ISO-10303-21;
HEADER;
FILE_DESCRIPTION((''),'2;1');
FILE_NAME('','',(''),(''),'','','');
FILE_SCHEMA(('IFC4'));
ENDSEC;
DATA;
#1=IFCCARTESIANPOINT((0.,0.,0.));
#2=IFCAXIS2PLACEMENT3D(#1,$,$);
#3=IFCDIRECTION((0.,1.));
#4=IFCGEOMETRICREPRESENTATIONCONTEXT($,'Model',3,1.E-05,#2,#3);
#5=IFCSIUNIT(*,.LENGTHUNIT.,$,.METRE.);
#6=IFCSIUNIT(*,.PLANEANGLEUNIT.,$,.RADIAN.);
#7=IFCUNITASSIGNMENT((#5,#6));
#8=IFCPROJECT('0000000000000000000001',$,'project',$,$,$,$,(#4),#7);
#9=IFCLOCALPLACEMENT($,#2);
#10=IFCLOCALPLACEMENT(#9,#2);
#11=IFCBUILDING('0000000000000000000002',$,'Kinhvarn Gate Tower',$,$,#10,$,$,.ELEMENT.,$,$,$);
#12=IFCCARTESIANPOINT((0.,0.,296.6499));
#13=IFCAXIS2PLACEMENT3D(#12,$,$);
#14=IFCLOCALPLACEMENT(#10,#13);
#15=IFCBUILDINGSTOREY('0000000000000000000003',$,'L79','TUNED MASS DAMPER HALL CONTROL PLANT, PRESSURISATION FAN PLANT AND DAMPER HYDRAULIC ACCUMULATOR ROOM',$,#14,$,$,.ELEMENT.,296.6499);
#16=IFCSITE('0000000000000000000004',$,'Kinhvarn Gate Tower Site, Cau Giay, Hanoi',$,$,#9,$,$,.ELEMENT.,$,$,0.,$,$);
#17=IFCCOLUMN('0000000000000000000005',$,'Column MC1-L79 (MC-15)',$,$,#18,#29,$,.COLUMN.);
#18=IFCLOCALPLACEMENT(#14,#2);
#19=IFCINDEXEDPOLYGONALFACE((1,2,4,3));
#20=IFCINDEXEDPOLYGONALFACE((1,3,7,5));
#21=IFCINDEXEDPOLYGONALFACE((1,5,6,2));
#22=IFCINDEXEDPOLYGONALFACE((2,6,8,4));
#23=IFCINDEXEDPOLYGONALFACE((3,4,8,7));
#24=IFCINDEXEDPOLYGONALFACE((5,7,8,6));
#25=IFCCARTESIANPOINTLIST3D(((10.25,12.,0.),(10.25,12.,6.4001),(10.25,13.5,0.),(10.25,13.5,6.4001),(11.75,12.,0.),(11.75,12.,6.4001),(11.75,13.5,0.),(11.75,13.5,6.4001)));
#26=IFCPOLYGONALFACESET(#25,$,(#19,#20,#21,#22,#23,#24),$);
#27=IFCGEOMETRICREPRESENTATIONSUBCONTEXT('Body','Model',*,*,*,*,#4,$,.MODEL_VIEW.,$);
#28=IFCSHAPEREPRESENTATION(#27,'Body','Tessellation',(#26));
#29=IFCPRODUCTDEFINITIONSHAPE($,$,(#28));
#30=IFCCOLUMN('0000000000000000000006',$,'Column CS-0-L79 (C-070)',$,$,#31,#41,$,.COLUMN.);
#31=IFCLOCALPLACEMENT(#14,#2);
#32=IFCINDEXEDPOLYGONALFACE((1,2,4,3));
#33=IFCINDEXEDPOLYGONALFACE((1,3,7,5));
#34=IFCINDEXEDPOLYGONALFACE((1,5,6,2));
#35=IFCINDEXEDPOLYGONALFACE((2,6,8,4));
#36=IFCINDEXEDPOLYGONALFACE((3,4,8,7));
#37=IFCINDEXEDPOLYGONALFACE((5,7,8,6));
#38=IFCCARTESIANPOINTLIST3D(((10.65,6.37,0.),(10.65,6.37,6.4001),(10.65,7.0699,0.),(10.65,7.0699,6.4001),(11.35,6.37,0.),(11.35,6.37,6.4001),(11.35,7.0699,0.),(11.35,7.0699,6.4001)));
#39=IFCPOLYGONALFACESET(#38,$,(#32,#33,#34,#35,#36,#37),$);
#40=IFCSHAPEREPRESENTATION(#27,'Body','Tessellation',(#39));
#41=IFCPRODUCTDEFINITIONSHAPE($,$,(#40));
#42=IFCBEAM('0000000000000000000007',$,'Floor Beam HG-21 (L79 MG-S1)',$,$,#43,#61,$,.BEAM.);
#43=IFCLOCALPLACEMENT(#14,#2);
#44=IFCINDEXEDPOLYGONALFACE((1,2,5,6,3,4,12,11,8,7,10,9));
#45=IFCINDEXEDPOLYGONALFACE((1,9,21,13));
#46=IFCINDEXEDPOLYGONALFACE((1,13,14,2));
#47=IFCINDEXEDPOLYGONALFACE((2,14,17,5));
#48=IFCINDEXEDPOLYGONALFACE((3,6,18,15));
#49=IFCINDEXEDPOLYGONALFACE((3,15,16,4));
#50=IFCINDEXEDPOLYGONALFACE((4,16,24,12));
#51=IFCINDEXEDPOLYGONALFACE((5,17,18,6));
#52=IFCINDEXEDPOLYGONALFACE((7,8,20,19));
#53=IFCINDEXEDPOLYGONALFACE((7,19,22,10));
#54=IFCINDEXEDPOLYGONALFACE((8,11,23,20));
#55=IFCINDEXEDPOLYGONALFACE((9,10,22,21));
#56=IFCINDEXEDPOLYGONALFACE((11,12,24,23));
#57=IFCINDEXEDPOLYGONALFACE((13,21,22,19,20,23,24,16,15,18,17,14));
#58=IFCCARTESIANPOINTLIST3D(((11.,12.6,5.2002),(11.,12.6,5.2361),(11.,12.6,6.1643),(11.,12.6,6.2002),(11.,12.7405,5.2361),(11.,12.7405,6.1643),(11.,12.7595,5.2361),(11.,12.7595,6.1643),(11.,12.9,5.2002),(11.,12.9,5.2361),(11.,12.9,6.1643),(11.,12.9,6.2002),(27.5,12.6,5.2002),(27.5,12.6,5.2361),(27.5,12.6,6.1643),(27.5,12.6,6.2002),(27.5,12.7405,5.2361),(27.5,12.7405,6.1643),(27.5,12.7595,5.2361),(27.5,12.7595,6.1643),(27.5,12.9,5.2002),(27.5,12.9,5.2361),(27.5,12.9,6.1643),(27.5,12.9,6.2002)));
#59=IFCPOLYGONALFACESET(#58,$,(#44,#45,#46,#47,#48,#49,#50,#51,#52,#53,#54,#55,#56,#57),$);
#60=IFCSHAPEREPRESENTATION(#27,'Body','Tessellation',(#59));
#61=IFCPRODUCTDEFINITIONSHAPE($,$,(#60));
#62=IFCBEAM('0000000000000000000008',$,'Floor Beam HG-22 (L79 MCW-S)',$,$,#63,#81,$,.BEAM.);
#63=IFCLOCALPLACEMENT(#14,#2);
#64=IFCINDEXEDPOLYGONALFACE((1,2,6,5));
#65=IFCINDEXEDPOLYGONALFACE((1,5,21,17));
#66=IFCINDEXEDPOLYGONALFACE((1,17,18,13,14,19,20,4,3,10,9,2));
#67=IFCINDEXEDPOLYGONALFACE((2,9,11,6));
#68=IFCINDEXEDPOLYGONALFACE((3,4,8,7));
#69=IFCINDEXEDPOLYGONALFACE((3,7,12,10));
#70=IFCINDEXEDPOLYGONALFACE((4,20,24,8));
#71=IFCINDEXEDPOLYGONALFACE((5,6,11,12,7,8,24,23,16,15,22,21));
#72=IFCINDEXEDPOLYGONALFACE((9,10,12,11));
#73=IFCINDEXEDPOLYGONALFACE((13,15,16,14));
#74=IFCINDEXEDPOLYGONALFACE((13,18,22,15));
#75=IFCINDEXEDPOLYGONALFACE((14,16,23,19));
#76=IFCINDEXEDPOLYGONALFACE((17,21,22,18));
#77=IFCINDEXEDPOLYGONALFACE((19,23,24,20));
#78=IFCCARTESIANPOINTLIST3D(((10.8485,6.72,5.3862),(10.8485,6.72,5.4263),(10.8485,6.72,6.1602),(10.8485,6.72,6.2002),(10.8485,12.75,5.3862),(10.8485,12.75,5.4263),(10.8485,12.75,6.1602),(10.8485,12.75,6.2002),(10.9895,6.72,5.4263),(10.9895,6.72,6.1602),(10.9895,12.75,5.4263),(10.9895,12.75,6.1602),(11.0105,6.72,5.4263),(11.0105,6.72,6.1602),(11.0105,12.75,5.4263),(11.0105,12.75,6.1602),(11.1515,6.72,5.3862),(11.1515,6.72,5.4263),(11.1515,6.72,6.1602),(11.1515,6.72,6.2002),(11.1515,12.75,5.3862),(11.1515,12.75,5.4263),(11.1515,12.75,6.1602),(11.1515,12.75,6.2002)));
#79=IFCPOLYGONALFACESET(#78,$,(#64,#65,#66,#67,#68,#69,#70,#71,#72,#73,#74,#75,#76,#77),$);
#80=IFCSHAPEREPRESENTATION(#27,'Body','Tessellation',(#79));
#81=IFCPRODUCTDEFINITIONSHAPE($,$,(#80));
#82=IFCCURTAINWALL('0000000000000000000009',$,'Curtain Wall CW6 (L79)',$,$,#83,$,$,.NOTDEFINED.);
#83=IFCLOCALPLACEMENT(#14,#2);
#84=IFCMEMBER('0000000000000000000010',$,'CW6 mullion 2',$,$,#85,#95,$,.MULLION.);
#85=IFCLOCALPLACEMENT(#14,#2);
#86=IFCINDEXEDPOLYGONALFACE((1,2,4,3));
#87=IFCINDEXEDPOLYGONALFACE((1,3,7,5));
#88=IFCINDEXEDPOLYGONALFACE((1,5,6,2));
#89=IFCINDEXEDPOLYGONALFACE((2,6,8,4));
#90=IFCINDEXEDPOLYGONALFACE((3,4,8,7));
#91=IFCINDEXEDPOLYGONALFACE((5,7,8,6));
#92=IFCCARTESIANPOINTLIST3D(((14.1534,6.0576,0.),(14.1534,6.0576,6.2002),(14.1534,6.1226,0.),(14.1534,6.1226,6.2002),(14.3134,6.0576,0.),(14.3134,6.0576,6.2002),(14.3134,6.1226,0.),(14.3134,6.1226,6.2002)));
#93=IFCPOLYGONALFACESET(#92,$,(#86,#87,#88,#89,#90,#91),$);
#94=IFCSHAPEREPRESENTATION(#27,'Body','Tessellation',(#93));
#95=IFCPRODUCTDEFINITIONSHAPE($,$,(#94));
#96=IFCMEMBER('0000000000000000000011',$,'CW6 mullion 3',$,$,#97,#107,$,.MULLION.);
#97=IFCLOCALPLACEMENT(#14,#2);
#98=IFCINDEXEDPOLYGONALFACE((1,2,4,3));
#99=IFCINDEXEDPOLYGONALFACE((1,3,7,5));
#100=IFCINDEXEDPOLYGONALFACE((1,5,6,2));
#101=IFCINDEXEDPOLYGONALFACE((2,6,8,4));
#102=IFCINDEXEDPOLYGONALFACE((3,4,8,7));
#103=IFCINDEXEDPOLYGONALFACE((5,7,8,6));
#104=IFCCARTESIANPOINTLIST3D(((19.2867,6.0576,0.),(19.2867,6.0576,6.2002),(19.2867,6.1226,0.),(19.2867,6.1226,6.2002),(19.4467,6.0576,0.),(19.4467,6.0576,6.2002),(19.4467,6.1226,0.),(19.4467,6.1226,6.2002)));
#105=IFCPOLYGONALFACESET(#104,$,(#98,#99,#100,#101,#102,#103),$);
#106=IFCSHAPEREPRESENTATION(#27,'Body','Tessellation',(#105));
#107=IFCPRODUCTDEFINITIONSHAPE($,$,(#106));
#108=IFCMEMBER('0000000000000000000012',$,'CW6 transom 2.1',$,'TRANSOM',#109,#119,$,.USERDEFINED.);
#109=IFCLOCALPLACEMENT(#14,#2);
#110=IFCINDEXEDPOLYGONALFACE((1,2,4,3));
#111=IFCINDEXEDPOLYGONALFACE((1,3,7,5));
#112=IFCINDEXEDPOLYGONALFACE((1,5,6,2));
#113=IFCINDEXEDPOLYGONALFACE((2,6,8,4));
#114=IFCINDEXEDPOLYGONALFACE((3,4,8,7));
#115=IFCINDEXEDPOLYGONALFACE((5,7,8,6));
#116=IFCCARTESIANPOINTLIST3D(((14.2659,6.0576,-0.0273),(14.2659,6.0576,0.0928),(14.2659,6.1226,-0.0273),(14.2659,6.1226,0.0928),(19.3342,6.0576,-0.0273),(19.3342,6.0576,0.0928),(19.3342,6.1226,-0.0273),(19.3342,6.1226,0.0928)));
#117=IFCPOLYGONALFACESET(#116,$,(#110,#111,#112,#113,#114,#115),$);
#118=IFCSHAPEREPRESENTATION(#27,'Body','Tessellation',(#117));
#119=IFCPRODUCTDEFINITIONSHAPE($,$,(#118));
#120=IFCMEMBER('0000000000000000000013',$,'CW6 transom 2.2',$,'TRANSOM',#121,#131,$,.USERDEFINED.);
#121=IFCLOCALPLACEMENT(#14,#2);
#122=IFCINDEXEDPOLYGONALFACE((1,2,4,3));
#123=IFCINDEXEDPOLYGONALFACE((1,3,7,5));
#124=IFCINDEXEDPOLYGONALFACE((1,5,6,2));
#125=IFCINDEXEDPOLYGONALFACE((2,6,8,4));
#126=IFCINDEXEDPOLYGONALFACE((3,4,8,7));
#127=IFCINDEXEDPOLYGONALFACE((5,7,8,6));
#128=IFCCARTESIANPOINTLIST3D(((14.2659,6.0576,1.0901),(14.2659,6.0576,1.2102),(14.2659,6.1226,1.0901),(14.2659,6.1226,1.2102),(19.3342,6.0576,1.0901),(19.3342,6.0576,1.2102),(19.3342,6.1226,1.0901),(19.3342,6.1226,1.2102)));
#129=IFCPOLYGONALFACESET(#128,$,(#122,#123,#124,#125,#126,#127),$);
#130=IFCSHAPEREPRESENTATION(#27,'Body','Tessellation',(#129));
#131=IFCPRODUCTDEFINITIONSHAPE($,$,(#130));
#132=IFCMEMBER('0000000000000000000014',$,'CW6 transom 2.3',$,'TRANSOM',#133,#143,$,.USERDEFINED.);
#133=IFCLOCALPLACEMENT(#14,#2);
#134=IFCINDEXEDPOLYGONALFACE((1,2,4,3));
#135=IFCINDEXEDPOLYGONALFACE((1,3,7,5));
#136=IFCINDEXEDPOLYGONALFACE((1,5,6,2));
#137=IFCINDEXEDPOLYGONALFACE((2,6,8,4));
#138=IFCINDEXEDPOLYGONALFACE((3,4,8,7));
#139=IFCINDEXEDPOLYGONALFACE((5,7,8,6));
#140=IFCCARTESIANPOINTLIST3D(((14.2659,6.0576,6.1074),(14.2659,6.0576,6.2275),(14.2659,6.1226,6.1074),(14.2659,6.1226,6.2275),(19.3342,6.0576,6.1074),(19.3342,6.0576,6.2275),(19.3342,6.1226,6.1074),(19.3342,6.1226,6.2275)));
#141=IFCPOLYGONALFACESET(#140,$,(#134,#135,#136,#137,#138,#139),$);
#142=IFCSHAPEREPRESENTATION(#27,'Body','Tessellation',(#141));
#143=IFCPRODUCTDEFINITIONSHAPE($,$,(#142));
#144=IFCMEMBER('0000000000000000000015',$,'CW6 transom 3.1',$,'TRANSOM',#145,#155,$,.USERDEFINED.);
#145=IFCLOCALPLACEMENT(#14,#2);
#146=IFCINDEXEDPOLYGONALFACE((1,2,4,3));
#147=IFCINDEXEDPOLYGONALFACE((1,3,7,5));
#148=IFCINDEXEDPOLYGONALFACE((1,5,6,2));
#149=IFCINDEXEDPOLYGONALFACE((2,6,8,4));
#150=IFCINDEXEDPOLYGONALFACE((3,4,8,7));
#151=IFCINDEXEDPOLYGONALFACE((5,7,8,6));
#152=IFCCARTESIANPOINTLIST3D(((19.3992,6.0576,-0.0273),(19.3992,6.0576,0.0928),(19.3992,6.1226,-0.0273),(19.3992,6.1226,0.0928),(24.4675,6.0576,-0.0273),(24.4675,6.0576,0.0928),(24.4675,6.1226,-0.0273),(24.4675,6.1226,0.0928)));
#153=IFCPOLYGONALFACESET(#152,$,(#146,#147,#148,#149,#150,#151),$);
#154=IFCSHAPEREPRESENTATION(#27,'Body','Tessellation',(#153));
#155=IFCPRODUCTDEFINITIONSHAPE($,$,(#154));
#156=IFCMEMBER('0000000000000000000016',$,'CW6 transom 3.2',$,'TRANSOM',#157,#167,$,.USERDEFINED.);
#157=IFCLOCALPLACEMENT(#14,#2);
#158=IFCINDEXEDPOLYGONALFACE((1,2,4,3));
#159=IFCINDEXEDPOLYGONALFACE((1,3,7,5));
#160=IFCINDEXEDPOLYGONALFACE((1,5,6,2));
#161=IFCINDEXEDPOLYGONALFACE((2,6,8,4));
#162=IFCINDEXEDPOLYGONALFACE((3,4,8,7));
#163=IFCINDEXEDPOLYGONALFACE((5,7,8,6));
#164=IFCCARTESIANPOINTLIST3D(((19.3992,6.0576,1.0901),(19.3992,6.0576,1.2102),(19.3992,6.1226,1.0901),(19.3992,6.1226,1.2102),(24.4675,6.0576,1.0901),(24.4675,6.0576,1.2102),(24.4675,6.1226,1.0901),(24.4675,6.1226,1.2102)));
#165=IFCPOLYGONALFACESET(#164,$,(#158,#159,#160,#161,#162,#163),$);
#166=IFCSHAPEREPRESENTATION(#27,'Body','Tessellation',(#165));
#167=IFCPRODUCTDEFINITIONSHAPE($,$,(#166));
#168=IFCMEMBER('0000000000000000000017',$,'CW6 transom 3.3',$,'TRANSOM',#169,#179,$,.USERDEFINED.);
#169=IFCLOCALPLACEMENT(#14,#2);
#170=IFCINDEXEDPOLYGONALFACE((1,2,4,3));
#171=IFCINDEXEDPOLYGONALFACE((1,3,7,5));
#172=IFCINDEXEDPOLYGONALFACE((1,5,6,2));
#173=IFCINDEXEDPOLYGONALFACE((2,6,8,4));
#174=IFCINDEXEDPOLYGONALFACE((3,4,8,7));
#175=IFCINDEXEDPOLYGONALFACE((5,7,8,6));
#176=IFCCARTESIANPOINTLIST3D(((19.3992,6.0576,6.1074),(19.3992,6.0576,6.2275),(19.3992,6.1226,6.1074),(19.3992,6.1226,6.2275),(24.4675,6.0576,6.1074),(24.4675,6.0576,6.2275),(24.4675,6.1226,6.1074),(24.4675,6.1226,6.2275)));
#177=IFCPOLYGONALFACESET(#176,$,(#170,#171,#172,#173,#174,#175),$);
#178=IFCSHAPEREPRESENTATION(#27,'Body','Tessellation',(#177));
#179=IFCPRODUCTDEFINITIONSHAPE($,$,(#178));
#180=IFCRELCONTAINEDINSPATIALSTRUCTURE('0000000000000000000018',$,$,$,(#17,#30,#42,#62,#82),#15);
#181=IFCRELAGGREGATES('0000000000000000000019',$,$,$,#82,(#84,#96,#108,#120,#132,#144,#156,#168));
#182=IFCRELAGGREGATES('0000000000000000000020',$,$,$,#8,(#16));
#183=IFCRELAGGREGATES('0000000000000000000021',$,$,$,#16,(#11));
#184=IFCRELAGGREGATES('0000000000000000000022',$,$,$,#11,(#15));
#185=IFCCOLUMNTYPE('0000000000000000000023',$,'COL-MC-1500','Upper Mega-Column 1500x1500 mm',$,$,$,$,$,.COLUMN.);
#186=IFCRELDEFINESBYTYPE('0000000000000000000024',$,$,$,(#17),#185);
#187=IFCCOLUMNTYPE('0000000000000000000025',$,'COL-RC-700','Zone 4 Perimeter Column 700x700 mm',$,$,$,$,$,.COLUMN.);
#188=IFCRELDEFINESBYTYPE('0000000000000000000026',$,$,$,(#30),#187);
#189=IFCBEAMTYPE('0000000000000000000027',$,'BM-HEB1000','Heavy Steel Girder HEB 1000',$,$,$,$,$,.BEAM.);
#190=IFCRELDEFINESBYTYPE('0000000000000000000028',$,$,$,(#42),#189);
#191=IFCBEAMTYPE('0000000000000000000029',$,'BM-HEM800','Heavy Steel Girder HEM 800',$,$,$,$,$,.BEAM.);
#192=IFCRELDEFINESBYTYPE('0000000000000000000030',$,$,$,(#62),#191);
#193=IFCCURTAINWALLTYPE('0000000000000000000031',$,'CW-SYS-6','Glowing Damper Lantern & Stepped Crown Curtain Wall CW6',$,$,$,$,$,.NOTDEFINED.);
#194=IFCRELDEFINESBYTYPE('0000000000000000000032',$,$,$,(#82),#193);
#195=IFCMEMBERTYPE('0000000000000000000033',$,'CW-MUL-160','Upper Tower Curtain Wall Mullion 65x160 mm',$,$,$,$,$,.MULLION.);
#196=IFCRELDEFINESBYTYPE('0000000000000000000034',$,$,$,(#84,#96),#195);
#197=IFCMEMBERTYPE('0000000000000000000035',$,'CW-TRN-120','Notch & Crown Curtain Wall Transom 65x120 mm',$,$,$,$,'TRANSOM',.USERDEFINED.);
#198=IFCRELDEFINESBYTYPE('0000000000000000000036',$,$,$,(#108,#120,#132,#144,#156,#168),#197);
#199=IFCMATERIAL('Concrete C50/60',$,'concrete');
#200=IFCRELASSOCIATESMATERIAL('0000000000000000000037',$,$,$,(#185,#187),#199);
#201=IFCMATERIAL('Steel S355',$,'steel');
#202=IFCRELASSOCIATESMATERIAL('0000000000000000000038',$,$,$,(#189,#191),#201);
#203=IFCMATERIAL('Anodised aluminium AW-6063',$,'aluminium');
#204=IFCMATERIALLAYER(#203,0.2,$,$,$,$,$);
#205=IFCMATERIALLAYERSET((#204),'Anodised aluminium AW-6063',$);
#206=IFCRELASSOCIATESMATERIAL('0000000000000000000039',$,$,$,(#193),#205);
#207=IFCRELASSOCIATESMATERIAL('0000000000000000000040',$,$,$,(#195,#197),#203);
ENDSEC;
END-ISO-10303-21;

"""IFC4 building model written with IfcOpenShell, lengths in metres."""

from ifc_helpers import new_model, si_unit, direction, frame, origin, origin_2d, place, context, subcontext, project, spatial, rectangle, i_section, extrude, material, layer, layer_set, material_profile, profile_set, type_object, element, aggregate, save


model = new_model("IFC4")

# Units and contexts
model_context = context("Model", 3, precision=1e-05, world=origin(), true_north=direction((0.0, 1.0)))
body_context = subcontext(model_context, "Body", "Model", "MODEL_VIEW")
ifc_project = project(units=[si_unit("LENGTHUNIT", "METRE"), si_unit("PLANEANGLEUNIT", "RADIAN")], contexts=[model_context])

# Site, building, storey
site_placement = place(None, origin())
site = spatial("IfcSite", under=ifc_project, at=site_placement, Name="Kinhvarn Gate Tower Site, Cau Giay, Hanoi", CompositionType="ELEMENT", RefElevation=0.0)
building_placement = place(site_placement, origin())
building = spatial("IfcBuilding", under=site, at=building_placement, Name="Kinhvarn Gate Tower", CompositionType="ELEMENT")
storey_placement = place(building_placement, frame((0.0, 0.0, 296.6499)))
storey = spatial("IfcBuildingStorey", under=building, at=storey_placement, Name="L79", Description="TUNED MASS DAMPER HALL CONTROL PLANT, PRESSURISATION FAN PLANT AND DAMPER HYDRAULIC ACCUMULATOR ROOM", CompositionType="ELEMENT", Elevation=296.6499)

# Columns
ifc_material_1 = material(Name="Concrete C50/60", Category="concrete")
ifc_material_profile_1 = material_profile(ifc_material_1, rectangle(XDim=1.5, YDim=1.5, at=origin_2d()), Name="RC 1500x1500")
ifc_profile_set_1 = profile_set([ifc_material_profile_1], Name="Concrete C50/60")
column_type_1 = type_object("IfcColumnType", Name="COL-MC-1500", Description="Upper Mega-Column 1500x1500 mm", PredefinedType="COLUMN", material=ifc_profile_set_1)
column_1_placement = place(storey_placement, frame((11.0, 12.75, 0.0), z_axis=(0.0, 0.0, 1.0), x_axis=(1.0, 0.0, 0.0)))
element("IfcColumn", 1, at=column_1_placement, inside=storey, type_object=column_type_1, Name="Column MC1-L79 (MC-15)", PredefinedType="COLUMN", context=body_context, shape_type="SweptSolid", body=[
    extrude(rectangle(XDim=1.5, YDim=1.5, at=origin_2d()), origin(), (0.0, 0.0, 1.0), 6.4001),
])
ifc_material_profile_2 = material_profile(ifc_material_1, rectangle(XDim=0.7, YDim=0.7, at=origin_2d()), Name="RC 700x700")
ifc_profile_set_2 = profile_set([ifc_material_profile_2], Name="Concrete C50/60")
column_type_2 = type_object("IfcColumnType", Name="COL-RC-700", Description="Zone 4 Perimeter Column 700x700 mm", PredefinedType="COLUMN", material=ifc_profile_set_2)
column_2_placement = place(storey_placement, frame((11.0, 6.72, 0.0), z_axis=(0.0, 0.0, 1.0), x_axis=(1.0, 0.0, 0.0)))
element("IfcColumn", 2, at=column_2_placement, inside=storey, type_object=column_type_2, Name="Column CS-0-L79 (C-070)", PredefinedType="COLUMN", context=body_context, shape_type="SweptSolid", body=[
    extrude(rectangle(XDim=0.7, YDim=0.7, at=origin_2d()), origin(), (0.0, 0.0, 1.0), 6.4001),
])

# Beams
ifc_material_2 = material(Name="Steel S355", Category="steel")
ifc_material_profile_3 = material_profile(ifc_material_2, i_section(OverallWidth=0.3, OverallDepth=1.0, WebThickness=0.019, FlangeThickness=0.0359, at=origin_2d()), Name="HEB 1000")
ifc_profile_set_3 = profile_set([ifc_material_profile_3], Name="Steel S355")
beam_type_1 = type_object("IfcBeamType", Name="BM-HEB1000", Description="Heavy Steel Girder HEB 1000", PredefinedType="BEAM", material=ifc_profile_set_3)
beam_1_placement = place(storey_placement, frame((11.0, 12.75, 5.7002), z_axis=(1.0, 0.0, 0.0), x_axis=(0.0, 1.0, 0.0)))
element("IfcBeam", 3, at=beam_1_placement, inside=storey, type_object=beam_type_1, Name="Floor Beam HG-21 (L79 MG-S1)", PredefinedType="BEAM", context=body_context, shape_type="SweptSolid", body=[
    extrude(i_section(OverallWidth=0.3, OverallDepth=1.0, WebThickness=0.019, FlangeThickness=0.0359, at=origin_2d()), origin(), (0.0, 0.0, 1.0), 16.5),
])
ifc_material_profile_4 = material_profile(ifc_material_2, i_section(OverallWidth=0.303, OverallDepth=0.814, WebThickness=0.021, FlangeThickness=0.04, at=origin_2d()), Name="HEM 800")
ifc_profile_set_4 = profile_set([ifc_material_profile_4], Name="Steel S355")
beam_type_2 = type_object("IfcBeamType", Name="BM-HEM800", Description="Heavy Steel Girder HEM 800", PredefinedType="BEAM", material=ifc_profile_set_4)
beam_2_placement = place(storey_placement, frame((11.0, 6.72, 5.7932), z_axis=(0.0, 1.0, 0.0), x_axis=(-1.0, 0.0, 0.0)))
element("IfcBeam", 4, at=beam_2_placement, inside=storey, type_object=beam_type_2, Name="Floor Beam HG-22 (L79 MCW-S)", PredefinedType="BEAM", context=body_context, shape_type="SweptSolid", body=[
    extrude(i_section(OverallWidth=0.303, OverallDepth=0.814, WebThickness=0.021, FlangeThickness=0.04, at=origin_2d()), origin(), (0.0, 0.0, 1.0), 6.03),
])

# Curtain wall, members
ifc_material_3 = material(Name="Anodised aluminium AW-6063", Category="aluminium")
ifc_layer_1 = layer(ifc_material_3, 0.2)
ifc_layer_set_1 = layer_set([ifc_layer_1], Name="Anodised aluminium AW-6063")
curtain_wall_type = type_object("IfcCurtainWallType", Name="CW-SYS-6", Description="Glowing Damper Lantern & Stepped Crown Curtain Wall CW6", PredefinedType="NOTDEFINED", material=ifc_layer_set_1)
curtain_wall_placement = place(storey_placement, origin())
curtain_wall = element("IfcCurtainWall", 5, at=curtain_wall_placement, inside=storey, type_object=curtain_wall_type, Name="Curtain Wall CW6 (L79)", PredefinedType="NOTDEFINED")
ifc_material_profile_5 = material_profile(ifc_material_3, rectangle(XDim=0.0649, YDim=0.1599, at=origin_2d()), Name="ALU 65x160")
ifc_profile_set_5 = profile_set([ifc_material_profile_5], Name="Anodised aluminium AW-6063")
member_type_1 = type_object("IfcMemberType", Name="CW-MUL-160", Description="Upper Tower Curtain Wall Mullion 65x160 mm", PredefinedType="MULLION", material=ifc_profile_set_5)
member_1_placement = place(storey_placement, frame((14.2334, 6.0901, 0.0), z_axis=(0.0, 0.0, 1.0), x_axis=(0.0, 1.0, 0.0)))
member_1 = element("IfcMember", 6, at=member_1_placement, type_object=member_type_1, Name="CW6 mullion 2", PredefinedType="MULLION", context=body_context, shape_type="SweptSolid", body=[
    extrude(rectangle(XDim=0.0649, YDim=0.1599, at=origin_2d()), origin(), (0.0, 0.0, 1.0), 6.2002),
])
member_2_placement = place(storey_placement, frame((19.3667, 6.0901, 0.0), z_axis=(0.0, 0.0, 1.0), x_axis=(0.0, 1.0, 0.0)))
member_2 = element("IfcMember", 7, at=member_2_placement, type_object=member_type_1, Name="CW6 mullion 3", PredefinedType="MULLION", context=body_context, shape_type="SweptSolid", body=[
    extrude(rectangle(XDim=0.0649, YDim=0.1599, at=origin_2d()), origin(), (0.0, 0.0, 1.0), 6.2002),
])
ifc_material_profile_6 = material_profile(ifc_material_3, rectangle(XDim=0.0649, YDim=0.1201, at=origin_2d()), Name="ALU 65x120")
ifc_profile_set_6 = profile_set([ifc_material_profile_6], Name="Anodised aluminium AW-6063")
member_type_2 = type_object("IfcMemberType", Name="CW-TRN-120", Description="Notch & Crown Curtain Wall Transom 65x120 mm", ElementType="TRANSOM", PredefinedType="USERDEFINED", material=ifc_profile_set_6)
member_3_placement = place(storey_placement, frame((14.2659, 6.0901, 0.0327), z_axis=(1.0, 0.0, 0.0), x_axis=(0.0, 1.0, 0.0)))
member_3 = element("IfcMember", 8, at=member_3_placement, type_object=member_type_2, Name="CW6 transom 2.1", ObjectType="TRANSOM", PredefinedType="USERDEFINED", context=body_context, shape_type="SweptSolid", body=[
    extrude(rectangle(XDim=0.0649, YDim=0.1201, at=origin_2d()), origin(), (0.0, 0.0, 1.0), 5.0684),
])
member_4_placement = place(storey_placement, frame((14.2659, 6.0901, 1.1501), z_axis=(1.0, 0.0, 0.0), x_axis=(0.0, 1.0, 0.0)))
member_4 = element("IfcMember", 9, at=member_4_placement, type_object=member_type_2, Name="CW6 transom 2.2", ObjectType="TRANSOM", PredefinedType="USERDEFINED", context=body_context, shape_type="SweptSolid", body=[
    extrude(rectangle(XDim=0.0649, YDim=0.1201, at=origin_2d()), origin(), (0.0, 0.0, 1.0), 5.0684),
])
member_5_placement = place(storey_placement, frame((14.2659, 6.0901, 6.1675), z_axis=(1.0, 0.0, 0.0), x_axis=(0.0, 1.0, 0.0)))
member_5 = element("IfcMember", 10, at=member_5_placement, type_object=member_type_2, Name="CW6 transom 2.3", ObjectType="TRANSOM", PredefinedType="USERDEFINED", context=body_context, shape_type="SweptSolid", body=[
    extrude(rectangle(XDim=0.0649, YDim=0.1201, at=origin_2d()), origin(), (0.0, 0.0, 1.0), 5.0684),
])
member_6_placement = place(storey_placement, frame((19.3992, 6.0901, 0.0327), z_axis=(1.0, 0.0, 0.0), x_axis=(0.0, 1.0, 0.0)))
member_6 = element("IfcMember", 11, at=member_6_placement, type_object=member_type_2, Name="CW6 transom 3.1", ObjectType="TRANSOM", PredefinedType="USERDEFINED", context=body_context, shape_type="SweptSolid", body=[
    extrude(rectangle(XDim=0.0649, YDim=0.1201, at=origin_2d()), origin(), (0.0, 0.0, 1.0), 5.0684),
])
member_7_placement = place(storey_placement, frame((19.3992, 6.0901, 1.1501), z_axis=(1.0, 0.0, 0.0), x_axis=(0.0, 1.0, 0.0)))
member_7 = element("IfcMember", 12, at=member_7_placement, type_object=member_type_2, Name="CW6 transom 3.2", ObjectType="TRANSOM", PredefinedType="USERDEFINED", context=body_context, shape_type="SweptSolid", body=[
    extrude(rectangle(XDim=0.0649, YDim=0.1201, at=origin_2d()), origin(), (0.0, 0.0, 1.0), 5.0684),
])
member_8_placement = place(storey_placement, frame((19.3992, 6.0901, 6.1675), z_axis=(1.0, 0.0, 0.0), x_axis=(0.0, 1.0, 0.0)))
member_8 = element("IfcMember", 13, at=member_8_placement, type_object=member_type_2, Name="CW6 transom 3.3", ObjectType="TRANSOM", PredefinedType="USERDEFINED", context=body_context, shape_type="SweptSolid", body=[
    extrude(rectangle(XDim=0.0649, YDim=0.1201, at=origin_2d()), origin(), (0.0, 0.0, 1.0), 5.0684),
])

aggregate(curtain_wall, [member_1, member_2, member_3, member_4, member_5, member_6, member_7, member_8])

save(model, "model.ifc")
